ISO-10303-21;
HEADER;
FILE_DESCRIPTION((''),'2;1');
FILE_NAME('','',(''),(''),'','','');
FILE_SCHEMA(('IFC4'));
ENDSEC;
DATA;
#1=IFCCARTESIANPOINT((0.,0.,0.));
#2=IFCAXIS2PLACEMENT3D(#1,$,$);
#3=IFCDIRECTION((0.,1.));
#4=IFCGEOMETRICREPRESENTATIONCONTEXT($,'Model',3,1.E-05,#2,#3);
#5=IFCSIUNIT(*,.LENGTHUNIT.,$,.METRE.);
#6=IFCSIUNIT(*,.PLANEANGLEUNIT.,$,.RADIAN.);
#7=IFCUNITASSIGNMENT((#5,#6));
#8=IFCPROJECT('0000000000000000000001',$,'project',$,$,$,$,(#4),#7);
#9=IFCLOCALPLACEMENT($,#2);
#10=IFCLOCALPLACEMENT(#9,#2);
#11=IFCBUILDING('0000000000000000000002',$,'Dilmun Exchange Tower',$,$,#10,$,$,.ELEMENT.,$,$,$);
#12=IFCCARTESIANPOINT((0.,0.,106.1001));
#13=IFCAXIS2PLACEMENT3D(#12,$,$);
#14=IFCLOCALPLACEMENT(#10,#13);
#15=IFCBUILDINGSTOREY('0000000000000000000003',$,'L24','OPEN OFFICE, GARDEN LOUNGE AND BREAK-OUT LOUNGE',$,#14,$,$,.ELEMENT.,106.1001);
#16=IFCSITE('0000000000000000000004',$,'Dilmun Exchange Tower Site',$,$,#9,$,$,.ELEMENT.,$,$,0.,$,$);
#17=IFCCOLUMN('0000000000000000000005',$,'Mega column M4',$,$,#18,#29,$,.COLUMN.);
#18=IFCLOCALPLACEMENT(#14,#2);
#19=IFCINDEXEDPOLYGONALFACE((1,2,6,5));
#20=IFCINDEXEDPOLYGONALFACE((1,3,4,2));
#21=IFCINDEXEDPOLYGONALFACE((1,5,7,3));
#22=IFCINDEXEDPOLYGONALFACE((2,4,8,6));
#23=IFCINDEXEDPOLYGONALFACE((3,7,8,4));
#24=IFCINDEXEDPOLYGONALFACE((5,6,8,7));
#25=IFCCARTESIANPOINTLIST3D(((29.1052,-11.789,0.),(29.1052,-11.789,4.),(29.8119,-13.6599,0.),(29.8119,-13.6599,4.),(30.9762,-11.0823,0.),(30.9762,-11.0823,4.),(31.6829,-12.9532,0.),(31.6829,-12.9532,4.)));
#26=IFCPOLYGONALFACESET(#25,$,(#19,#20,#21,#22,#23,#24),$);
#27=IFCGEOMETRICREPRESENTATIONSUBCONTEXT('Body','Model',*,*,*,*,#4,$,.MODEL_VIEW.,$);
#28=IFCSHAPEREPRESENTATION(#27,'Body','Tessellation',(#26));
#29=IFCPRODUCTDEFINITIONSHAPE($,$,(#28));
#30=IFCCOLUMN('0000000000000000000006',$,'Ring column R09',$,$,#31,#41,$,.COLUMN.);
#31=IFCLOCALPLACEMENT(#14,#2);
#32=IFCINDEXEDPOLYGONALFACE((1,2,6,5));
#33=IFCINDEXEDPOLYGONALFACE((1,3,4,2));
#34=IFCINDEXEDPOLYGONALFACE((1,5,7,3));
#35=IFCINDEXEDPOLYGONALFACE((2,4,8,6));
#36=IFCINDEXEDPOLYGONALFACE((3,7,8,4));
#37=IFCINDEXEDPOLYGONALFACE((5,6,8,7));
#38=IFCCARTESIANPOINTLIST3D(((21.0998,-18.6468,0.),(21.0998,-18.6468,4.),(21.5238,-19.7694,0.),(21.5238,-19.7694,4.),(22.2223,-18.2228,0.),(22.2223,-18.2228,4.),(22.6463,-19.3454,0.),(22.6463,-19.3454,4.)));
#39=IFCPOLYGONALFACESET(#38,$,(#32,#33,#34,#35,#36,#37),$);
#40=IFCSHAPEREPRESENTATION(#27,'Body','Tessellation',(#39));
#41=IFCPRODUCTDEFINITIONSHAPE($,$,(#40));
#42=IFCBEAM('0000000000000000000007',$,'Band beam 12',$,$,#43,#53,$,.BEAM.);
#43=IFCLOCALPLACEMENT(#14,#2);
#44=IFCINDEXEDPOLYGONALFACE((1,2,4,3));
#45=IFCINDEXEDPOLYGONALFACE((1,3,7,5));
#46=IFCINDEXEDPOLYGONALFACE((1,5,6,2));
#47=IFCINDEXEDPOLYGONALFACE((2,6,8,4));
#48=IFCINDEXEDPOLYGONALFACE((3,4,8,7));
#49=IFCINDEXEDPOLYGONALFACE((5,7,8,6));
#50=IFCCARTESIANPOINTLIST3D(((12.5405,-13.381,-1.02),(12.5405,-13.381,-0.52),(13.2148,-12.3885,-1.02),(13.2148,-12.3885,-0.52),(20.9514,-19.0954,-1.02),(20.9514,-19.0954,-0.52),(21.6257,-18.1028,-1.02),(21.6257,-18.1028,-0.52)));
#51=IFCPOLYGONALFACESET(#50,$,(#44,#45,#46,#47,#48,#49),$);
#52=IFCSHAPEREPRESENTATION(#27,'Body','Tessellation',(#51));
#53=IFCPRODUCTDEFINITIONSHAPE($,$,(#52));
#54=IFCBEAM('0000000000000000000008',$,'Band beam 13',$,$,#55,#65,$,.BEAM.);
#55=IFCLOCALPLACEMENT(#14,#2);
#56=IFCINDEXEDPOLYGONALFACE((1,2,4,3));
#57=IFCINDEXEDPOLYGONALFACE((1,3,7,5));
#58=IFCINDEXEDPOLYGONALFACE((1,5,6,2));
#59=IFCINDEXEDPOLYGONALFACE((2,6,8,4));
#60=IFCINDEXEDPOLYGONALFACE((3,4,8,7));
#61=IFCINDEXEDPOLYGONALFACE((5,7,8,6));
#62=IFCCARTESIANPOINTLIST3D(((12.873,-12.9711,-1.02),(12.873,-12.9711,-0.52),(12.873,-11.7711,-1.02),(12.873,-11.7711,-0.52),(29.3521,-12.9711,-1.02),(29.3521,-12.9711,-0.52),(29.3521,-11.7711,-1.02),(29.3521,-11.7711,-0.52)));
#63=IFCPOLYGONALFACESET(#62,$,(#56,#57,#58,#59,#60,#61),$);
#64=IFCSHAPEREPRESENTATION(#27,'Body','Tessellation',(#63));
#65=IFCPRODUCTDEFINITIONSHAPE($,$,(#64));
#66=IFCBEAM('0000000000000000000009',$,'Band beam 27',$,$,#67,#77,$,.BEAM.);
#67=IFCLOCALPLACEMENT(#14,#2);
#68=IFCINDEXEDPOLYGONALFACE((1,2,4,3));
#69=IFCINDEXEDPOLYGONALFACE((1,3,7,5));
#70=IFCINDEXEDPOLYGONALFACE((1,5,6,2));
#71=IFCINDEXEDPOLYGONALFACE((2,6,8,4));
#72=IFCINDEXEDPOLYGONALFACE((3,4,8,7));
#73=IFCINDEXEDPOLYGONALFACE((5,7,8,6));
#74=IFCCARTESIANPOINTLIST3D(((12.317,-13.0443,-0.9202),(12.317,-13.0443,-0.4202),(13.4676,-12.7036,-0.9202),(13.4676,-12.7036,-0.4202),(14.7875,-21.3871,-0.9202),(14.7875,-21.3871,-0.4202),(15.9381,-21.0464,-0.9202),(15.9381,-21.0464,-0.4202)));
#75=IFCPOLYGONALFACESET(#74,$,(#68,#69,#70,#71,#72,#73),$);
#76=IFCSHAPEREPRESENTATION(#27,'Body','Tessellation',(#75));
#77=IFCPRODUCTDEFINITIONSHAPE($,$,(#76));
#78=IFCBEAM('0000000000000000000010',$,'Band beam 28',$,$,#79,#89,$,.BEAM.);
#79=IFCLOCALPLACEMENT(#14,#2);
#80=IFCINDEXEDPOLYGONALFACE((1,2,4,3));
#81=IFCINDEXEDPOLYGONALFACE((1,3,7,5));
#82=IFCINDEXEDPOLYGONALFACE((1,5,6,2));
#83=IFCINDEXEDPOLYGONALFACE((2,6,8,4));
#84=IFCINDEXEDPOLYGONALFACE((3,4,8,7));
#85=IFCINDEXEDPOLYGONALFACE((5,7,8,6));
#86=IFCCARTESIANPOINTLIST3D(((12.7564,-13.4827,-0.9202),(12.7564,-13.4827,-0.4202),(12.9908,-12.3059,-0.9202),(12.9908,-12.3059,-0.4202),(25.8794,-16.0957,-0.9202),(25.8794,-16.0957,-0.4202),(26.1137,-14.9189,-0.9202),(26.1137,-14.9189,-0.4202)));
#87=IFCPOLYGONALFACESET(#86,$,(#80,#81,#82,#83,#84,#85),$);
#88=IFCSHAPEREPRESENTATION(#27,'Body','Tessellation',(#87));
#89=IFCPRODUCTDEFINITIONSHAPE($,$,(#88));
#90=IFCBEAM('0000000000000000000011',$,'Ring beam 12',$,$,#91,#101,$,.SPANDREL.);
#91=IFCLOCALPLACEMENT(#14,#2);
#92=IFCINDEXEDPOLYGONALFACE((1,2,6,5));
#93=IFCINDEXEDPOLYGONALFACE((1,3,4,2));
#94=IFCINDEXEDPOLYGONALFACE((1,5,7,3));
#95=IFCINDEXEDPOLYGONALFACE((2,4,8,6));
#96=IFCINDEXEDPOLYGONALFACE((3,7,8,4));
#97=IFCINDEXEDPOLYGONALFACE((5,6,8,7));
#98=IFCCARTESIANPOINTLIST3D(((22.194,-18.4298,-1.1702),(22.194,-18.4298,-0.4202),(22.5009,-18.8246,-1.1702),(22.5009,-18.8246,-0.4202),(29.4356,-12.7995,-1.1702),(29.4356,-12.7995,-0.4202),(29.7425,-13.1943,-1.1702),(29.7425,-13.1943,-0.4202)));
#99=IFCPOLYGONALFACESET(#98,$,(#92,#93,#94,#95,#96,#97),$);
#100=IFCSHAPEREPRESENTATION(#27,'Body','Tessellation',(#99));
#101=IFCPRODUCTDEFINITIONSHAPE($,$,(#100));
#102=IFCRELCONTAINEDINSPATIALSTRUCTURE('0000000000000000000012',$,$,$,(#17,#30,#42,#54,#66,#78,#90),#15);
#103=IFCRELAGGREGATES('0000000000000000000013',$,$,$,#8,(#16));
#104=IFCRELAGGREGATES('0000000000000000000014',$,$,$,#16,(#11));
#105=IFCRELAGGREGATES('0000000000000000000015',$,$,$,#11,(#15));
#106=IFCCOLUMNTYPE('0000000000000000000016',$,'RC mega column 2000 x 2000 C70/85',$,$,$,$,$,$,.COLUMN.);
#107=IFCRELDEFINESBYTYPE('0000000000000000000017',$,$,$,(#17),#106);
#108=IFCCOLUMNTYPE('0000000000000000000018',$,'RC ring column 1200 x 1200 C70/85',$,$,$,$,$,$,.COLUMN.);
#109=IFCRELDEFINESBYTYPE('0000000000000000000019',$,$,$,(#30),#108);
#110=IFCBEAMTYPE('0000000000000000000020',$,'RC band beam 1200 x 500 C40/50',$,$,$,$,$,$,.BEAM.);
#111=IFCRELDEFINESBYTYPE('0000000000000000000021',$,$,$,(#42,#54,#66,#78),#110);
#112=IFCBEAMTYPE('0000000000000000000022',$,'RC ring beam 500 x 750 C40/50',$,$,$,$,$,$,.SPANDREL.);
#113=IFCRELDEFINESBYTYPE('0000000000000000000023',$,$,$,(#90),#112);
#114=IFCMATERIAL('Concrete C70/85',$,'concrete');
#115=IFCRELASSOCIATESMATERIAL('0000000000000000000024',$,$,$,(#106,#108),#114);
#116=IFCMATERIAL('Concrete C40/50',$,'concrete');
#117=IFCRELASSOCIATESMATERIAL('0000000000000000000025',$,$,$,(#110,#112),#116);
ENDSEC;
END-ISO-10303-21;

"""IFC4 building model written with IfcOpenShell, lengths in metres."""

from ifc_helpers import new_model, si_unit, direction, frame, origin, origin_2d, place, context, subcontext, project, spatial, rectangle, extrude, material, material_profile, profile_set, type_object, element, save


model = new_model("IFC4")

# Units and contexts
model_context = context("Model", 3, precision=1e-05, world=origin(), true_north=direction((0.0, 1.0)))
body_context = subcontext(model_context, "Body", "Model", "MODEL_VIEW")
ifc_project = project(units=[si_unit("LENGTHUNIT", "METRE"), si_unit("PLANEANGLEUNIT", "RADIAN")], contexts=[model_context])

# Site, building, storey
site_placement = place(None, origin())
site = spatial("IfcSite", under=ifc_project, at=site_placement, Name="Dilmun Exchange Tower Site", CompositionType="ELEMENT", RefElevation=0.0)
building_placement = place(site_placement, origin())
building = spatial("IfcBuilding", under=site, at=building_placement, Name="Dilmun Exchange Tower", CompositionType="ELEMENT")
storey_placement = place(building_placement, frame((0.0, 0.0, 106.1001)))
storey = spatial("IfcBuildingStorey", under=building, at=storey_placement, Name="L24", Description="OPEN OFFICE, GARDEN LOUNGE AND BREAK-OUT LOUNGE", CompositionType="ELEMENT", Elevation=106.1001)

# Columns
ifc_material_1 = material(Name="Concrete C70/85", Category="concrete")
ifc_material_profile_1 = material_profile(ifc_material_1, rectangle(XDim=2.0, YDim=2.0, at=origin_2d()), Name="2000 x 2000")
ifc_profile_set_1 = profile_set([ifc_material_profile_1], Name="Concrete C70/85")
column_type_1 = type_object("IfcColumnType", Name="RC mega column 2000 x 2000 C70/85", PredefinedType="COLUMN", material=ifc_profile_set_1)
column_1_placement = place(storey_placement, frame((30.394, -12.3711, 0.0), z_axis=(0.0, 0.0, 1.0), x_axis=(0.935492, 0.353349, 0.0)))
element("IfcColumn", 1, at=column_1_placement, inside=storey, type_object=column_type_1, Name="Mega column M4", PredefinedType="COLUMN", context=body_context, shape_type="SweptSolid", body=[
    extrude(rectangle(XDim=2.0, YDim=2.0, at=origin_2d()), origin(), (0.0, 0.0, 1.0), 4.0),
])
ifc_material_profile_2 = material_profile(ifc_material_1, rectangle(XDim=1.2, YDim=1.2, at=origin_2d()), Name="1200 x 1200")
ifc_profile_set_2 = profile_set([ifc_material_profile_2], Name="Concrete C70/85")
column_type_2 = type_object("IfcColumnType", Name="RC ring column 1200 x 1200 C70/85", PredefinedType="COLUMN", material=ifc_profile_set_2)
column_2_placement = place(storey_placement, frame((21.873, -18.9961, 0.0), z_axis=(0.0, 0.0, 1.0), x_axis=(0.935492, 0.353349, 0.0)))
element("IfcColumn", 2, at=column_2_placement, inside=storey, type_object=column_type_2, Name="Ring column R09", PredefinedType="COLUMN", context=body_context, shape_type="SweptSolid", body=[
    extrude(rectangle(XDim=1.2, YDim=1.2, at=origin_2d()), origin(), (0.0, 0.0, 1.0), 4.0),
])

# Beams
ifc_material_2 = material(Name="Concrete C40/50", Category="concrete")
ifc_material_profile_3 = material_profile(ifc_material_2, rectangle(XDim=1.2, YDim=0.5, at=origin_2d()), Name="1200 x 500")
ifc_profile_set_3 = profile_set([ifc_material_profile_3], Name="Concrete C40/50")
beam_type_1 = type_object("IfcBeamType", Name="RC band beam 1200 x 500 C40/50", PredefinedType="BEAM", material=ifc_profile_set_3)
beam_1_placement = place(storey_placement, frame((21.2886, -18.5991, -0.77), z_axis=(-0.827157, 0.56197, 0.0), x_axis=(-0.56197, -0.827157, 0.0)))
element("IfcBeam", 3, at=beam_1_placement, inside=storey, type_object=beam_type_1, Name="Band beam 12", PredefinedType="BEAM", context=body_context, shape_type="SweptSolid", body=[
    extrude(rectangle(XDim=1.2, YDim=0.5, at=origin_2d()), origin(), (0.0, 0.0, 1.0), 10.1685),
])
beam_2_placement = place(storey_placement, frame((29.3521, -12.3711, -0.77), z_axis=(-1.0, 0.0, 0.0), x_axis=(0.0, -1.0, 0.0)))
element("IfcBeam", 4, at=beam_2_placement, inside=storey, type_object=beam_type_1, Name="Band beam 13", PredefinedType="BEAM", context=body_context, shape_type="SweptSolid", body=[
    extrude(rectangle(XDim=1.2, YDim=0.5, at=origin_2d()), origin(), (0.0, 0.0, 1.0), 16.479),
])
beam_3_placement = place(storey_placement, frame((15.3628, -21.2168, -0.6702), z_axis=(-0.283933, 0.958844, 0.0), x_axis=(-0.958844, -0.283933, 0.0)))
element("IfcBeam", 5, at=beam_3_placement, inside=storey, type_object=beam_type_1, Name="Band beam 27", PredefinedType="BEAM", context=body_context, shape_type="SweptSolid", body=[
    extrude(rectangle(XDim=1.2, YDim=0.5, at=origin_2d()), origin(), (0.0, 0.0, 1.0), 8.7009),
])
beam_4_placement = place(storey_placement, frame((25.9966, -15.5073, -0.6702), z_axis=(-0.980747, 0.195284, 0.0), x_axis=(-0.195284, -0.980747, 0.0)))
element("IfcBeam", 6, at=beam_4_placement, inside=storey, type_object=beam_type_1, Name="Band beam 28", PredefinedType="BEAM", context=body_context, shape_type="SweptSolid", body=[
    extrude(rectangle(XDim=1.2, YDim=0.5, at=origin_2d()), origin(), (0.0, 0.0, 1.0), 13.3806),
])
ifc_material_profile_4 = material_profile(ifc_material_2, rectangle(XDim=0.5, YDim=0.75, at=origin_2d()), Name="500 x 750")
ifc_profile_set_4 = profile_set([ifc_material_profile_4], Name="Concrete C40/50")
beam_type_2 = type_object("IfcBeamType", Name="RC ring beam 500 x 750 C40/50", PredefinedType="SPANDREL", material=ifc_profile_set_4)
beam_5_placement = place(storey_placement, frame((22.3474, -18.6272, -0.7952), z_axis=(0.789461, 0.613801, 0.0), x_axis=(-0.613801, 0.789461, 0.0)))
element("IfcBeam", 7, at=beam_5_placement, inside=storey, type_object=beam_type_2, Name="Ring beam 12", PredefinedType="SPANDREL", context=body_context, shape_type="SweptSolid", body=[
    extrude(rectangle(XDim=0.5, YDim=0.75, at=origin_2d()), origin(), (0.0, 0.0, 1.0), 9.1729),
])

save(model, "model.ifc")
